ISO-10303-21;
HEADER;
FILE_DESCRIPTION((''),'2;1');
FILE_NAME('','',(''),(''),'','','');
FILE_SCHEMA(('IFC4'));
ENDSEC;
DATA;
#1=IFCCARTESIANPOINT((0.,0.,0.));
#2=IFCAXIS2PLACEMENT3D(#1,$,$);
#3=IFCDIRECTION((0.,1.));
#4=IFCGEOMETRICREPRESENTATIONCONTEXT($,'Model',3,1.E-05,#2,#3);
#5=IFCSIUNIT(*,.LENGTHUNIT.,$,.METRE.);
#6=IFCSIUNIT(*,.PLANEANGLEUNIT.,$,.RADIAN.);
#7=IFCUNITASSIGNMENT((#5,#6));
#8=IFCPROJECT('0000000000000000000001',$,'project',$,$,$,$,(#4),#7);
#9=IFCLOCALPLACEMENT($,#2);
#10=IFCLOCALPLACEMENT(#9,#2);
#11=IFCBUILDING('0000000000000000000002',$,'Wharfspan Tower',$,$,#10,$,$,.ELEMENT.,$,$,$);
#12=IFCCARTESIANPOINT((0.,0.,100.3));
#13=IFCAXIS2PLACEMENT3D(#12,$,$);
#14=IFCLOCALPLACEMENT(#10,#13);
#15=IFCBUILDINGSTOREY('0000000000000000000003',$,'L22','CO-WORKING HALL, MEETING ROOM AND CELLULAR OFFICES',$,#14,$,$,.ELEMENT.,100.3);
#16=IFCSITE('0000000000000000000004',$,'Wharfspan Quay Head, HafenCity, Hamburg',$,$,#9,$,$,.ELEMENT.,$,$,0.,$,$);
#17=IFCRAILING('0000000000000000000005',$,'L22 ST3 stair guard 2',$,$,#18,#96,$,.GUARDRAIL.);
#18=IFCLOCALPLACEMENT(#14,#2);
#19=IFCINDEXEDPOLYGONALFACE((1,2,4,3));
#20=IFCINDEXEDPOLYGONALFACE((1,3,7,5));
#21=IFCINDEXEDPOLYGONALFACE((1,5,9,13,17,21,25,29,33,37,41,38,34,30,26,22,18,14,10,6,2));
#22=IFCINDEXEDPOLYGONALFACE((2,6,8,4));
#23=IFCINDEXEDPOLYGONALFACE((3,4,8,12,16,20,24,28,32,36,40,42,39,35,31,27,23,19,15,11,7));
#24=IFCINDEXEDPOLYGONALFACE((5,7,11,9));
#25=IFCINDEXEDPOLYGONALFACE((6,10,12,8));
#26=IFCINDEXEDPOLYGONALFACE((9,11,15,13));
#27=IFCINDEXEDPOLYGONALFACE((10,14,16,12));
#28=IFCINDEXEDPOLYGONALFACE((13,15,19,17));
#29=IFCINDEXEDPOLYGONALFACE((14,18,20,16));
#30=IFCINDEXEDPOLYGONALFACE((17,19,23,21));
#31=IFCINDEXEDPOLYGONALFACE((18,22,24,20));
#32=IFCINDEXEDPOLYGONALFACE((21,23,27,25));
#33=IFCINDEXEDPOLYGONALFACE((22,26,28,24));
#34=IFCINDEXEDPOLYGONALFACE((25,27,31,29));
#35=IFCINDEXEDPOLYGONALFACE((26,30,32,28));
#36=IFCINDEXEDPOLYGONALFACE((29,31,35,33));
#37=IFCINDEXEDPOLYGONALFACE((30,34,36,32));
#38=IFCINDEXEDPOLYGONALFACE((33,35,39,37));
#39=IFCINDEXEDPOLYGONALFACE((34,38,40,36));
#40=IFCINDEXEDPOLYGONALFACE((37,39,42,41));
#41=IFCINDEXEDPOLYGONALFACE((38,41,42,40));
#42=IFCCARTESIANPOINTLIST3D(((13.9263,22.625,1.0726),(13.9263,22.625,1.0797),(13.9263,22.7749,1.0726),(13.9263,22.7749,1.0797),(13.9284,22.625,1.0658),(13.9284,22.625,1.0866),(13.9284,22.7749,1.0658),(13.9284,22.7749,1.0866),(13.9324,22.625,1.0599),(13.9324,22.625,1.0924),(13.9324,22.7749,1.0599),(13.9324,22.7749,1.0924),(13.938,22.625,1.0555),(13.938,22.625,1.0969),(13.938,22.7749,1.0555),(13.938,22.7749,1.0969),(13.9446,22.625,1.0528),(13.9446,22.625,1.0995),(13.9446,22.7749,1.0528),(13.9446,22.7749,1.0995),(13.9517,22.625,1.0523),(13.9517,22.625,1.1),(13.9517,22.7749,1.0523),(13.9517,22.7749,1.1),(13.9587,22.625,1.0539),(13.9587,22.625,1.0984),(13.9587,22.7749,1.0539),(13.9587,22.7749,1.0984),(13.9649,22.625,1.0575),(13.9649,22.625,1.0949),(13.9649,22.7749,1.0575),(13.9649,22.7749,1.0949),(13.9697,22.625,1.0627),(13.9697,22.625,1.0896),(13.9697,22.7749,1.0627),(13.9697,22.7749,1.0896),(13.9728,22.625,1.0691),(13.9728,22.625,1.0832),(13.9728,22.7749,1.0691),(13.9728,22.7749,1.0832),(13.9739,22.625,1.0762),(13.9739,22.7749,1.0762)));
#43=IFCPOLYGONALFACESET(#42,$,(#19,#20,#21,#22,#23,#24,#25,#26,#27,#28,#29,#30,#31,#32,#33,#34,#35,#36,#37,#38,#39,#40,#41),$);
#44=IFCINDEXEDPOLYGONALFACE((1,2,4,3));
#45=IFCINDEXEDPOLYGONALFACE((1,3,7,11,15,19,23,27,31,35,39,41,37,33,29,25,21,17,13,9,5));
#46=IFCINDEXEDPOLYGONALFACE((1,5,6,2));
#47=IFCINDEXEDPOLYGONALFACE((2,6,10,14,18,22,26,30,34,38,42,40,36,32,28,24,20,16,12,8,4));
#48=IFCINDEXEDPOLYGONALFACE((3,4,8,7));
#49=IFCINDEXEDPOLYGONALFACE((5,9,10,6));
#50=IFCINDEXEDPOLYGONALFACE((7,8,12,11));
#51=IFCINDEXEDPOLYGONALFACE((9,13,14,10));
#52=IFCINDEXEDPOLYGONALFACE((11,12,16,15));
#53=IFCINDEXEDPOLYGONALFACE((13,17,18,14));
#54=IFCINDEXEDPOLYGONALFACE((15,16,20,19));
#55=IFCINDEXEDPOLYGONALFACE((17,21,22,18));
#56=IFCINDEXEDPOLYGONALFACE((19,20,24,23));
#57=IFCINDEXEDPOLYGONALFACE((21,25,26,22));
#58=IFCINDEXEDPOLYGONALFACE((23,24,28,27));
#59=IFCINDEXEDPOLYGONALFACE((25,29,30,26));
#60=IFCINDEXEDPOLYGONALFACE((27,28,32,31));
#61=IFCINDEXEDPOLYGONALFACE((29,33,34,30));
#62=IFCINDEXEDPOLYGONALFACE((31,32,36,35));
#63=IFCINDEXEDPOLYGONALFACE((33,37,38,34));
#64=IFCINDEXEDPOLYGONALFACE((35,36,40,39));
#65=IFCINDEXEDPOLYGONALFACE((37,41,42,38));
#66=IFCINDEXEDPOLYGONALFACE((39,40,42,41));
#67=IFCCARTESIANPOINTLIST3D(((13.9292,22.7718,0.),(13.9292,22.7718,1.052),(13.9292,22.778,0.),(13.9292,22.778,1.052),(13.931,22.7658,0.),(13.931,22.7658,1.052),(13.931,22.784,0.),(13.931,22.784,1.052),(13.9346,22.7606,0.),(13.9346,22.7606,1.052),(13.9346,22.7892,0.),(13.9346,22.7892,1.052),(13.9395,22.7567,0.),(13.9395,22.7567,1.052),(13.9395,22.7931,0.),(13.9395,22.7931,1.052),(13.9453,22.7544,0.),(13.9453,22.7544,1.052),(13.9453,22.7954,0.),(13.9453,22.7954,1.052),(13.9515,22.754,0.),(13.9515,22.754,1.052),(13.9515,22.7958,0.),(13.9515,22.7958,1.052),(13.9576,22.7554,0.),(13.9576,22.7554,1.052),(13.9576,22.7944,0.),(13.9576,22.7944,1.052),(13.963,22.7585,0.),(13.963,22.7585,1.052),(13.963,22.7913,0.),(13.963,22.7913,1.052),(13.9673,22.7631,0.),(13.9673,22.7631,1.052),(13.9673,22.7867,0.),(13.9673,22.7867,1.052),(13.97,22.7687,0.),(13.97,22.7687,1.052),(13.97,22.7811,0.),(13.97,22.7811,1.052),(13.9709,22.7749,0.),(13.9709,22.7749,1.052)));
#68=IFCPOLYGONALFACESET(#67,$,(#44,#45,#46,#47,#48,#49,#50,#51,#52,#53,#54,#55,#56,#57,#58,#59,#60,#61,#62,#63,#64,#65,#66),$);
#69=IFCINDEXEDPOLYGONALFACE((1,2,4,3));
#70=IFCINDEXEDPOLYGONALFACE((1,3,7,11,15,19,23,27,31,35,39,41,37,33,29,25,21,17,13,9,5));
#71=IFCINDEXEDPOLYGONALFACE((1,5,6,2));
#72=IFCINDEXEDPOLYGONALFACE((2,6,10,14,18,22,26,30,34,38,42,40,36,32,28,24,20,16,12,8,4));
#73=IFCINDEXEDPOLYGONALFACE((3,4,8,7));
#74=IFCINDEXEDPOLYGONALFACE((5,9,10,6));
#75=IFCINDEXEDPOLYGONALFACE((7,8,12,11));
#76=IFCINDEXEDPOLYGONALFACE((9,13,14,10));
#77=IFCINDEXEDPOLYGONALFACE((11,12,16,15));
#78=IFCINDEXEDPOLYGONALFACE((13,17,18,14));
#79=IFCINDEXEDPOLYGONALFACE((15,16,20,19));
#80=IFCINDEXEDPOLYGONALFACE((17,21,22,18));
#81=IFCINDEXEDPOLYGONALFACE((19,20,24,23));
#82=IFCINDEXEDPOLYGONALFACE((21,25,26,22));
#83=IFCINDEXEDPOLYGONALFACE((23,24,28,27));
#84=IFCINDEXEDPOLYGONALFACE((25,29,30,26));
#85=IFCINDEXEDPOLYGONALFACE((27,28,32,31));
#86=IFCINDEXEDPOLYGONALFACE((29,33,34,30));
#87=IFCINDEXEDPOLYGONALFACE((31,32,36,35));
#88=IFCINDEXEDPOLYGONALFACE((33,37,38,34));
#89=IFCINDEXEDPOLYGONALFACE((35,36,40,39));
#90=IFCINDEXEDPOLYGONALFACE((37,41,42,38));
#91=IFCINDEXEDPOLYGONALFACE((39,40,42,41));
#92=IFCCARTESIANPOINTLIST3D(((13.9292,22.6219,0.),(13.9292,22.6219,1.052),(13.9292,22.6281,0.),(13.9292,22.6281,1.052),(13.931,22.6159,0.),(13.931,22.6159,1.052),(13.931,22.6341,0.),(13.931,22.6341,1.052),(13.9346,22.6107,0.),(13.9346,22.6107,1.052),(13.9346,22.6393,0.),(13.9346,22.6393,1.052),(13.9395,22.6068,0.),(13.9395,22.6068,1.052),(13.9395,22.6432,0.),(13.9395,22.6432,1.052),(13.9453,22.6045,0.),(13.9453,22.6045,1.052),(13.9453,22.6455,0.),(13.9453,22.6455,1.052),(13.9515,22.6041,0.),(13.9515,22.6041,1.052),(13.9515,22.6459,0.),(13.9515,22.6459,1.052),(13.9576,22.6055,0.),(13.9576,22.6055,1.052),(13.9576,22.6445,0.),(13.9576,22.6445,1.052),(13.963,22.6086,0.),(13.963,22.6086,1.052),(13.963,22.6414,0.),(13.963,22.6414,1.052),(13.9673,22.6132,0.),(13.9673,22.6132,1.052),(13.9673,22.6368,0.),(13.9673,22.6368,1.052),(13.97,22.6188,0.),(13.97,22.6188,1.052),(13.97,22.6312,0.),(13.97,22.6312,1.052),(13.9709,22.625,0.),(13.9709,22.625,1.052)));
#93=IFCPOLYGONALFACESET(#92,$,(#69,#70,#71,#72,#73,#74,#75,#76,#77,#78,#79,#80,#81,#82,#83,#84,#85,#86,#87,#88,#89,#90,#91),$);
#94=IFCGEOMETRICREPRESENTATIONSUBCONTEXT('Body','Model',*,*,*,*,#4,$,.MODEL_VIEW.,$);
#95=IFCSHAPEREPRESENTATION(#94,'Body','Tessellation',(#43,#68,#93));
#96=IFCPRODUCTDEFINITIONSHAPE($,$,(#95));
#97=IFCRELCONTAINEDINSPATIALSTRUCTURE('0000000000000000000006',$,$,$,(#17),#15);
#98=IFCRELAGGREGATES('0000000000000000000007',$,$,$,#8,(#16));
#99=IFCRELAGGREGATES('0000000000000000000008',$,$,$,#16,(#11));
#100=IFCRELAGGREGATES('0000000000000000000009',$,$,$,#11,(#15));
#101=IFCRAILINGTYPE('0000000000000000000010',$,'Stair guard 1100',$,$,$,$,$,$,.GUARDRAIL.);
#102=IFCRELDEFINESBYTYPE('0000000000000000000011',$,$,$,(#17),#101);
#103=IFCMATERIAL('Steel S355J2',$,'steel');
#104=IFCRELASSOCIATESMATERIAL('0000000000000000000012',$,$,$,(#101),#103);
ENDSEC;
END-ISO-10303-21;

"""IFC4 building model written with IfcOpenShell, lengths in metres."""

from ifc_helpers import new_model, si_unit, direction, frame, origin, origin_2d, place, context, subcontext, project, spatial, circle, extrude, material, type_object, element, save


model = new_model("IFC4")

# Units and contexts
model_context = context("Model", 3, precision=1e-05, world=origin(), true_north=direction((0.0, 1.0)))
body_context = subcontext(model_context, "Body", "Model", "MODEL_VIEW")
ifc_project = project(units=[si_unit("LENGTHUNIT", "METRE"), si_unit("PLANEANGLEUNIT", "RADIAN")], contexts=[model_context])

# Site, building, storey
site_placement = place(None, origin())
site = spatial("IfcSite", under=ifc_project, at=site_placement, Name="Wharfspan Quay Head, HafenCity, Hamburg", CompositionType="ELEMENT", RefElevation=0.0)
building_placement = place(site_placement, origin())
building = spatial("IfcBuilding", under=site, at=building_placement, Name="Wharfspan Tower", CompositionType="ELEMENT")
storey_placement = place(building_placement, frame((0.0, 0.0, 100.3)))
storey = spatial("IfcBuildingStorey", under=building, at=storey_placement, Name="L22", Description="CO-WORKING HALL, MEETING ROOM AND CELLULAR OFFICES", CompositionType="ELEMENT", Elevation=100.3)

# Shared definitions
ifc_material_1 = material(Name="Steel S355J2", Category="steel")

# Railing
railing_type = type_object("IfcRailingType", Name="Stair guard 1100", PredefinedType="GUARDRAIL", material=ifc_material_1)
railing_1_placement = place(storey_placement, frame((13.95, 22.7749, 0.0)))
element("IfcRailing", 1, at=railing_1_placement, inside=storey, type_object=railing_type, Name="L22 ST3 stair guard 2", PredefinedType="GUARDRAIL", context=body_context, shape_type="SweptSolid", body=[
    extrude(circle(Radius=0.0239, at=origin_2d()), frame((0.0, 0.0, 1.0762), z_axis=(0.0, -1.0, 0.0), x_axis=(1.0, 0.0, 0.0)), (0.0, 0.0, 1.0), 0.1499),
    extrude(circle(Radius=0.021, at=origin_2d()), origin(), (0.0, 0.0, 1.0), 1.052),
    extrude(circle(Radius=0.021, at=origin_2d()), frame((0.0, -0.1499, 0.0)), (0.0, 0.0, 1.0), 1.052),
])

save(model, "model.ifc")
